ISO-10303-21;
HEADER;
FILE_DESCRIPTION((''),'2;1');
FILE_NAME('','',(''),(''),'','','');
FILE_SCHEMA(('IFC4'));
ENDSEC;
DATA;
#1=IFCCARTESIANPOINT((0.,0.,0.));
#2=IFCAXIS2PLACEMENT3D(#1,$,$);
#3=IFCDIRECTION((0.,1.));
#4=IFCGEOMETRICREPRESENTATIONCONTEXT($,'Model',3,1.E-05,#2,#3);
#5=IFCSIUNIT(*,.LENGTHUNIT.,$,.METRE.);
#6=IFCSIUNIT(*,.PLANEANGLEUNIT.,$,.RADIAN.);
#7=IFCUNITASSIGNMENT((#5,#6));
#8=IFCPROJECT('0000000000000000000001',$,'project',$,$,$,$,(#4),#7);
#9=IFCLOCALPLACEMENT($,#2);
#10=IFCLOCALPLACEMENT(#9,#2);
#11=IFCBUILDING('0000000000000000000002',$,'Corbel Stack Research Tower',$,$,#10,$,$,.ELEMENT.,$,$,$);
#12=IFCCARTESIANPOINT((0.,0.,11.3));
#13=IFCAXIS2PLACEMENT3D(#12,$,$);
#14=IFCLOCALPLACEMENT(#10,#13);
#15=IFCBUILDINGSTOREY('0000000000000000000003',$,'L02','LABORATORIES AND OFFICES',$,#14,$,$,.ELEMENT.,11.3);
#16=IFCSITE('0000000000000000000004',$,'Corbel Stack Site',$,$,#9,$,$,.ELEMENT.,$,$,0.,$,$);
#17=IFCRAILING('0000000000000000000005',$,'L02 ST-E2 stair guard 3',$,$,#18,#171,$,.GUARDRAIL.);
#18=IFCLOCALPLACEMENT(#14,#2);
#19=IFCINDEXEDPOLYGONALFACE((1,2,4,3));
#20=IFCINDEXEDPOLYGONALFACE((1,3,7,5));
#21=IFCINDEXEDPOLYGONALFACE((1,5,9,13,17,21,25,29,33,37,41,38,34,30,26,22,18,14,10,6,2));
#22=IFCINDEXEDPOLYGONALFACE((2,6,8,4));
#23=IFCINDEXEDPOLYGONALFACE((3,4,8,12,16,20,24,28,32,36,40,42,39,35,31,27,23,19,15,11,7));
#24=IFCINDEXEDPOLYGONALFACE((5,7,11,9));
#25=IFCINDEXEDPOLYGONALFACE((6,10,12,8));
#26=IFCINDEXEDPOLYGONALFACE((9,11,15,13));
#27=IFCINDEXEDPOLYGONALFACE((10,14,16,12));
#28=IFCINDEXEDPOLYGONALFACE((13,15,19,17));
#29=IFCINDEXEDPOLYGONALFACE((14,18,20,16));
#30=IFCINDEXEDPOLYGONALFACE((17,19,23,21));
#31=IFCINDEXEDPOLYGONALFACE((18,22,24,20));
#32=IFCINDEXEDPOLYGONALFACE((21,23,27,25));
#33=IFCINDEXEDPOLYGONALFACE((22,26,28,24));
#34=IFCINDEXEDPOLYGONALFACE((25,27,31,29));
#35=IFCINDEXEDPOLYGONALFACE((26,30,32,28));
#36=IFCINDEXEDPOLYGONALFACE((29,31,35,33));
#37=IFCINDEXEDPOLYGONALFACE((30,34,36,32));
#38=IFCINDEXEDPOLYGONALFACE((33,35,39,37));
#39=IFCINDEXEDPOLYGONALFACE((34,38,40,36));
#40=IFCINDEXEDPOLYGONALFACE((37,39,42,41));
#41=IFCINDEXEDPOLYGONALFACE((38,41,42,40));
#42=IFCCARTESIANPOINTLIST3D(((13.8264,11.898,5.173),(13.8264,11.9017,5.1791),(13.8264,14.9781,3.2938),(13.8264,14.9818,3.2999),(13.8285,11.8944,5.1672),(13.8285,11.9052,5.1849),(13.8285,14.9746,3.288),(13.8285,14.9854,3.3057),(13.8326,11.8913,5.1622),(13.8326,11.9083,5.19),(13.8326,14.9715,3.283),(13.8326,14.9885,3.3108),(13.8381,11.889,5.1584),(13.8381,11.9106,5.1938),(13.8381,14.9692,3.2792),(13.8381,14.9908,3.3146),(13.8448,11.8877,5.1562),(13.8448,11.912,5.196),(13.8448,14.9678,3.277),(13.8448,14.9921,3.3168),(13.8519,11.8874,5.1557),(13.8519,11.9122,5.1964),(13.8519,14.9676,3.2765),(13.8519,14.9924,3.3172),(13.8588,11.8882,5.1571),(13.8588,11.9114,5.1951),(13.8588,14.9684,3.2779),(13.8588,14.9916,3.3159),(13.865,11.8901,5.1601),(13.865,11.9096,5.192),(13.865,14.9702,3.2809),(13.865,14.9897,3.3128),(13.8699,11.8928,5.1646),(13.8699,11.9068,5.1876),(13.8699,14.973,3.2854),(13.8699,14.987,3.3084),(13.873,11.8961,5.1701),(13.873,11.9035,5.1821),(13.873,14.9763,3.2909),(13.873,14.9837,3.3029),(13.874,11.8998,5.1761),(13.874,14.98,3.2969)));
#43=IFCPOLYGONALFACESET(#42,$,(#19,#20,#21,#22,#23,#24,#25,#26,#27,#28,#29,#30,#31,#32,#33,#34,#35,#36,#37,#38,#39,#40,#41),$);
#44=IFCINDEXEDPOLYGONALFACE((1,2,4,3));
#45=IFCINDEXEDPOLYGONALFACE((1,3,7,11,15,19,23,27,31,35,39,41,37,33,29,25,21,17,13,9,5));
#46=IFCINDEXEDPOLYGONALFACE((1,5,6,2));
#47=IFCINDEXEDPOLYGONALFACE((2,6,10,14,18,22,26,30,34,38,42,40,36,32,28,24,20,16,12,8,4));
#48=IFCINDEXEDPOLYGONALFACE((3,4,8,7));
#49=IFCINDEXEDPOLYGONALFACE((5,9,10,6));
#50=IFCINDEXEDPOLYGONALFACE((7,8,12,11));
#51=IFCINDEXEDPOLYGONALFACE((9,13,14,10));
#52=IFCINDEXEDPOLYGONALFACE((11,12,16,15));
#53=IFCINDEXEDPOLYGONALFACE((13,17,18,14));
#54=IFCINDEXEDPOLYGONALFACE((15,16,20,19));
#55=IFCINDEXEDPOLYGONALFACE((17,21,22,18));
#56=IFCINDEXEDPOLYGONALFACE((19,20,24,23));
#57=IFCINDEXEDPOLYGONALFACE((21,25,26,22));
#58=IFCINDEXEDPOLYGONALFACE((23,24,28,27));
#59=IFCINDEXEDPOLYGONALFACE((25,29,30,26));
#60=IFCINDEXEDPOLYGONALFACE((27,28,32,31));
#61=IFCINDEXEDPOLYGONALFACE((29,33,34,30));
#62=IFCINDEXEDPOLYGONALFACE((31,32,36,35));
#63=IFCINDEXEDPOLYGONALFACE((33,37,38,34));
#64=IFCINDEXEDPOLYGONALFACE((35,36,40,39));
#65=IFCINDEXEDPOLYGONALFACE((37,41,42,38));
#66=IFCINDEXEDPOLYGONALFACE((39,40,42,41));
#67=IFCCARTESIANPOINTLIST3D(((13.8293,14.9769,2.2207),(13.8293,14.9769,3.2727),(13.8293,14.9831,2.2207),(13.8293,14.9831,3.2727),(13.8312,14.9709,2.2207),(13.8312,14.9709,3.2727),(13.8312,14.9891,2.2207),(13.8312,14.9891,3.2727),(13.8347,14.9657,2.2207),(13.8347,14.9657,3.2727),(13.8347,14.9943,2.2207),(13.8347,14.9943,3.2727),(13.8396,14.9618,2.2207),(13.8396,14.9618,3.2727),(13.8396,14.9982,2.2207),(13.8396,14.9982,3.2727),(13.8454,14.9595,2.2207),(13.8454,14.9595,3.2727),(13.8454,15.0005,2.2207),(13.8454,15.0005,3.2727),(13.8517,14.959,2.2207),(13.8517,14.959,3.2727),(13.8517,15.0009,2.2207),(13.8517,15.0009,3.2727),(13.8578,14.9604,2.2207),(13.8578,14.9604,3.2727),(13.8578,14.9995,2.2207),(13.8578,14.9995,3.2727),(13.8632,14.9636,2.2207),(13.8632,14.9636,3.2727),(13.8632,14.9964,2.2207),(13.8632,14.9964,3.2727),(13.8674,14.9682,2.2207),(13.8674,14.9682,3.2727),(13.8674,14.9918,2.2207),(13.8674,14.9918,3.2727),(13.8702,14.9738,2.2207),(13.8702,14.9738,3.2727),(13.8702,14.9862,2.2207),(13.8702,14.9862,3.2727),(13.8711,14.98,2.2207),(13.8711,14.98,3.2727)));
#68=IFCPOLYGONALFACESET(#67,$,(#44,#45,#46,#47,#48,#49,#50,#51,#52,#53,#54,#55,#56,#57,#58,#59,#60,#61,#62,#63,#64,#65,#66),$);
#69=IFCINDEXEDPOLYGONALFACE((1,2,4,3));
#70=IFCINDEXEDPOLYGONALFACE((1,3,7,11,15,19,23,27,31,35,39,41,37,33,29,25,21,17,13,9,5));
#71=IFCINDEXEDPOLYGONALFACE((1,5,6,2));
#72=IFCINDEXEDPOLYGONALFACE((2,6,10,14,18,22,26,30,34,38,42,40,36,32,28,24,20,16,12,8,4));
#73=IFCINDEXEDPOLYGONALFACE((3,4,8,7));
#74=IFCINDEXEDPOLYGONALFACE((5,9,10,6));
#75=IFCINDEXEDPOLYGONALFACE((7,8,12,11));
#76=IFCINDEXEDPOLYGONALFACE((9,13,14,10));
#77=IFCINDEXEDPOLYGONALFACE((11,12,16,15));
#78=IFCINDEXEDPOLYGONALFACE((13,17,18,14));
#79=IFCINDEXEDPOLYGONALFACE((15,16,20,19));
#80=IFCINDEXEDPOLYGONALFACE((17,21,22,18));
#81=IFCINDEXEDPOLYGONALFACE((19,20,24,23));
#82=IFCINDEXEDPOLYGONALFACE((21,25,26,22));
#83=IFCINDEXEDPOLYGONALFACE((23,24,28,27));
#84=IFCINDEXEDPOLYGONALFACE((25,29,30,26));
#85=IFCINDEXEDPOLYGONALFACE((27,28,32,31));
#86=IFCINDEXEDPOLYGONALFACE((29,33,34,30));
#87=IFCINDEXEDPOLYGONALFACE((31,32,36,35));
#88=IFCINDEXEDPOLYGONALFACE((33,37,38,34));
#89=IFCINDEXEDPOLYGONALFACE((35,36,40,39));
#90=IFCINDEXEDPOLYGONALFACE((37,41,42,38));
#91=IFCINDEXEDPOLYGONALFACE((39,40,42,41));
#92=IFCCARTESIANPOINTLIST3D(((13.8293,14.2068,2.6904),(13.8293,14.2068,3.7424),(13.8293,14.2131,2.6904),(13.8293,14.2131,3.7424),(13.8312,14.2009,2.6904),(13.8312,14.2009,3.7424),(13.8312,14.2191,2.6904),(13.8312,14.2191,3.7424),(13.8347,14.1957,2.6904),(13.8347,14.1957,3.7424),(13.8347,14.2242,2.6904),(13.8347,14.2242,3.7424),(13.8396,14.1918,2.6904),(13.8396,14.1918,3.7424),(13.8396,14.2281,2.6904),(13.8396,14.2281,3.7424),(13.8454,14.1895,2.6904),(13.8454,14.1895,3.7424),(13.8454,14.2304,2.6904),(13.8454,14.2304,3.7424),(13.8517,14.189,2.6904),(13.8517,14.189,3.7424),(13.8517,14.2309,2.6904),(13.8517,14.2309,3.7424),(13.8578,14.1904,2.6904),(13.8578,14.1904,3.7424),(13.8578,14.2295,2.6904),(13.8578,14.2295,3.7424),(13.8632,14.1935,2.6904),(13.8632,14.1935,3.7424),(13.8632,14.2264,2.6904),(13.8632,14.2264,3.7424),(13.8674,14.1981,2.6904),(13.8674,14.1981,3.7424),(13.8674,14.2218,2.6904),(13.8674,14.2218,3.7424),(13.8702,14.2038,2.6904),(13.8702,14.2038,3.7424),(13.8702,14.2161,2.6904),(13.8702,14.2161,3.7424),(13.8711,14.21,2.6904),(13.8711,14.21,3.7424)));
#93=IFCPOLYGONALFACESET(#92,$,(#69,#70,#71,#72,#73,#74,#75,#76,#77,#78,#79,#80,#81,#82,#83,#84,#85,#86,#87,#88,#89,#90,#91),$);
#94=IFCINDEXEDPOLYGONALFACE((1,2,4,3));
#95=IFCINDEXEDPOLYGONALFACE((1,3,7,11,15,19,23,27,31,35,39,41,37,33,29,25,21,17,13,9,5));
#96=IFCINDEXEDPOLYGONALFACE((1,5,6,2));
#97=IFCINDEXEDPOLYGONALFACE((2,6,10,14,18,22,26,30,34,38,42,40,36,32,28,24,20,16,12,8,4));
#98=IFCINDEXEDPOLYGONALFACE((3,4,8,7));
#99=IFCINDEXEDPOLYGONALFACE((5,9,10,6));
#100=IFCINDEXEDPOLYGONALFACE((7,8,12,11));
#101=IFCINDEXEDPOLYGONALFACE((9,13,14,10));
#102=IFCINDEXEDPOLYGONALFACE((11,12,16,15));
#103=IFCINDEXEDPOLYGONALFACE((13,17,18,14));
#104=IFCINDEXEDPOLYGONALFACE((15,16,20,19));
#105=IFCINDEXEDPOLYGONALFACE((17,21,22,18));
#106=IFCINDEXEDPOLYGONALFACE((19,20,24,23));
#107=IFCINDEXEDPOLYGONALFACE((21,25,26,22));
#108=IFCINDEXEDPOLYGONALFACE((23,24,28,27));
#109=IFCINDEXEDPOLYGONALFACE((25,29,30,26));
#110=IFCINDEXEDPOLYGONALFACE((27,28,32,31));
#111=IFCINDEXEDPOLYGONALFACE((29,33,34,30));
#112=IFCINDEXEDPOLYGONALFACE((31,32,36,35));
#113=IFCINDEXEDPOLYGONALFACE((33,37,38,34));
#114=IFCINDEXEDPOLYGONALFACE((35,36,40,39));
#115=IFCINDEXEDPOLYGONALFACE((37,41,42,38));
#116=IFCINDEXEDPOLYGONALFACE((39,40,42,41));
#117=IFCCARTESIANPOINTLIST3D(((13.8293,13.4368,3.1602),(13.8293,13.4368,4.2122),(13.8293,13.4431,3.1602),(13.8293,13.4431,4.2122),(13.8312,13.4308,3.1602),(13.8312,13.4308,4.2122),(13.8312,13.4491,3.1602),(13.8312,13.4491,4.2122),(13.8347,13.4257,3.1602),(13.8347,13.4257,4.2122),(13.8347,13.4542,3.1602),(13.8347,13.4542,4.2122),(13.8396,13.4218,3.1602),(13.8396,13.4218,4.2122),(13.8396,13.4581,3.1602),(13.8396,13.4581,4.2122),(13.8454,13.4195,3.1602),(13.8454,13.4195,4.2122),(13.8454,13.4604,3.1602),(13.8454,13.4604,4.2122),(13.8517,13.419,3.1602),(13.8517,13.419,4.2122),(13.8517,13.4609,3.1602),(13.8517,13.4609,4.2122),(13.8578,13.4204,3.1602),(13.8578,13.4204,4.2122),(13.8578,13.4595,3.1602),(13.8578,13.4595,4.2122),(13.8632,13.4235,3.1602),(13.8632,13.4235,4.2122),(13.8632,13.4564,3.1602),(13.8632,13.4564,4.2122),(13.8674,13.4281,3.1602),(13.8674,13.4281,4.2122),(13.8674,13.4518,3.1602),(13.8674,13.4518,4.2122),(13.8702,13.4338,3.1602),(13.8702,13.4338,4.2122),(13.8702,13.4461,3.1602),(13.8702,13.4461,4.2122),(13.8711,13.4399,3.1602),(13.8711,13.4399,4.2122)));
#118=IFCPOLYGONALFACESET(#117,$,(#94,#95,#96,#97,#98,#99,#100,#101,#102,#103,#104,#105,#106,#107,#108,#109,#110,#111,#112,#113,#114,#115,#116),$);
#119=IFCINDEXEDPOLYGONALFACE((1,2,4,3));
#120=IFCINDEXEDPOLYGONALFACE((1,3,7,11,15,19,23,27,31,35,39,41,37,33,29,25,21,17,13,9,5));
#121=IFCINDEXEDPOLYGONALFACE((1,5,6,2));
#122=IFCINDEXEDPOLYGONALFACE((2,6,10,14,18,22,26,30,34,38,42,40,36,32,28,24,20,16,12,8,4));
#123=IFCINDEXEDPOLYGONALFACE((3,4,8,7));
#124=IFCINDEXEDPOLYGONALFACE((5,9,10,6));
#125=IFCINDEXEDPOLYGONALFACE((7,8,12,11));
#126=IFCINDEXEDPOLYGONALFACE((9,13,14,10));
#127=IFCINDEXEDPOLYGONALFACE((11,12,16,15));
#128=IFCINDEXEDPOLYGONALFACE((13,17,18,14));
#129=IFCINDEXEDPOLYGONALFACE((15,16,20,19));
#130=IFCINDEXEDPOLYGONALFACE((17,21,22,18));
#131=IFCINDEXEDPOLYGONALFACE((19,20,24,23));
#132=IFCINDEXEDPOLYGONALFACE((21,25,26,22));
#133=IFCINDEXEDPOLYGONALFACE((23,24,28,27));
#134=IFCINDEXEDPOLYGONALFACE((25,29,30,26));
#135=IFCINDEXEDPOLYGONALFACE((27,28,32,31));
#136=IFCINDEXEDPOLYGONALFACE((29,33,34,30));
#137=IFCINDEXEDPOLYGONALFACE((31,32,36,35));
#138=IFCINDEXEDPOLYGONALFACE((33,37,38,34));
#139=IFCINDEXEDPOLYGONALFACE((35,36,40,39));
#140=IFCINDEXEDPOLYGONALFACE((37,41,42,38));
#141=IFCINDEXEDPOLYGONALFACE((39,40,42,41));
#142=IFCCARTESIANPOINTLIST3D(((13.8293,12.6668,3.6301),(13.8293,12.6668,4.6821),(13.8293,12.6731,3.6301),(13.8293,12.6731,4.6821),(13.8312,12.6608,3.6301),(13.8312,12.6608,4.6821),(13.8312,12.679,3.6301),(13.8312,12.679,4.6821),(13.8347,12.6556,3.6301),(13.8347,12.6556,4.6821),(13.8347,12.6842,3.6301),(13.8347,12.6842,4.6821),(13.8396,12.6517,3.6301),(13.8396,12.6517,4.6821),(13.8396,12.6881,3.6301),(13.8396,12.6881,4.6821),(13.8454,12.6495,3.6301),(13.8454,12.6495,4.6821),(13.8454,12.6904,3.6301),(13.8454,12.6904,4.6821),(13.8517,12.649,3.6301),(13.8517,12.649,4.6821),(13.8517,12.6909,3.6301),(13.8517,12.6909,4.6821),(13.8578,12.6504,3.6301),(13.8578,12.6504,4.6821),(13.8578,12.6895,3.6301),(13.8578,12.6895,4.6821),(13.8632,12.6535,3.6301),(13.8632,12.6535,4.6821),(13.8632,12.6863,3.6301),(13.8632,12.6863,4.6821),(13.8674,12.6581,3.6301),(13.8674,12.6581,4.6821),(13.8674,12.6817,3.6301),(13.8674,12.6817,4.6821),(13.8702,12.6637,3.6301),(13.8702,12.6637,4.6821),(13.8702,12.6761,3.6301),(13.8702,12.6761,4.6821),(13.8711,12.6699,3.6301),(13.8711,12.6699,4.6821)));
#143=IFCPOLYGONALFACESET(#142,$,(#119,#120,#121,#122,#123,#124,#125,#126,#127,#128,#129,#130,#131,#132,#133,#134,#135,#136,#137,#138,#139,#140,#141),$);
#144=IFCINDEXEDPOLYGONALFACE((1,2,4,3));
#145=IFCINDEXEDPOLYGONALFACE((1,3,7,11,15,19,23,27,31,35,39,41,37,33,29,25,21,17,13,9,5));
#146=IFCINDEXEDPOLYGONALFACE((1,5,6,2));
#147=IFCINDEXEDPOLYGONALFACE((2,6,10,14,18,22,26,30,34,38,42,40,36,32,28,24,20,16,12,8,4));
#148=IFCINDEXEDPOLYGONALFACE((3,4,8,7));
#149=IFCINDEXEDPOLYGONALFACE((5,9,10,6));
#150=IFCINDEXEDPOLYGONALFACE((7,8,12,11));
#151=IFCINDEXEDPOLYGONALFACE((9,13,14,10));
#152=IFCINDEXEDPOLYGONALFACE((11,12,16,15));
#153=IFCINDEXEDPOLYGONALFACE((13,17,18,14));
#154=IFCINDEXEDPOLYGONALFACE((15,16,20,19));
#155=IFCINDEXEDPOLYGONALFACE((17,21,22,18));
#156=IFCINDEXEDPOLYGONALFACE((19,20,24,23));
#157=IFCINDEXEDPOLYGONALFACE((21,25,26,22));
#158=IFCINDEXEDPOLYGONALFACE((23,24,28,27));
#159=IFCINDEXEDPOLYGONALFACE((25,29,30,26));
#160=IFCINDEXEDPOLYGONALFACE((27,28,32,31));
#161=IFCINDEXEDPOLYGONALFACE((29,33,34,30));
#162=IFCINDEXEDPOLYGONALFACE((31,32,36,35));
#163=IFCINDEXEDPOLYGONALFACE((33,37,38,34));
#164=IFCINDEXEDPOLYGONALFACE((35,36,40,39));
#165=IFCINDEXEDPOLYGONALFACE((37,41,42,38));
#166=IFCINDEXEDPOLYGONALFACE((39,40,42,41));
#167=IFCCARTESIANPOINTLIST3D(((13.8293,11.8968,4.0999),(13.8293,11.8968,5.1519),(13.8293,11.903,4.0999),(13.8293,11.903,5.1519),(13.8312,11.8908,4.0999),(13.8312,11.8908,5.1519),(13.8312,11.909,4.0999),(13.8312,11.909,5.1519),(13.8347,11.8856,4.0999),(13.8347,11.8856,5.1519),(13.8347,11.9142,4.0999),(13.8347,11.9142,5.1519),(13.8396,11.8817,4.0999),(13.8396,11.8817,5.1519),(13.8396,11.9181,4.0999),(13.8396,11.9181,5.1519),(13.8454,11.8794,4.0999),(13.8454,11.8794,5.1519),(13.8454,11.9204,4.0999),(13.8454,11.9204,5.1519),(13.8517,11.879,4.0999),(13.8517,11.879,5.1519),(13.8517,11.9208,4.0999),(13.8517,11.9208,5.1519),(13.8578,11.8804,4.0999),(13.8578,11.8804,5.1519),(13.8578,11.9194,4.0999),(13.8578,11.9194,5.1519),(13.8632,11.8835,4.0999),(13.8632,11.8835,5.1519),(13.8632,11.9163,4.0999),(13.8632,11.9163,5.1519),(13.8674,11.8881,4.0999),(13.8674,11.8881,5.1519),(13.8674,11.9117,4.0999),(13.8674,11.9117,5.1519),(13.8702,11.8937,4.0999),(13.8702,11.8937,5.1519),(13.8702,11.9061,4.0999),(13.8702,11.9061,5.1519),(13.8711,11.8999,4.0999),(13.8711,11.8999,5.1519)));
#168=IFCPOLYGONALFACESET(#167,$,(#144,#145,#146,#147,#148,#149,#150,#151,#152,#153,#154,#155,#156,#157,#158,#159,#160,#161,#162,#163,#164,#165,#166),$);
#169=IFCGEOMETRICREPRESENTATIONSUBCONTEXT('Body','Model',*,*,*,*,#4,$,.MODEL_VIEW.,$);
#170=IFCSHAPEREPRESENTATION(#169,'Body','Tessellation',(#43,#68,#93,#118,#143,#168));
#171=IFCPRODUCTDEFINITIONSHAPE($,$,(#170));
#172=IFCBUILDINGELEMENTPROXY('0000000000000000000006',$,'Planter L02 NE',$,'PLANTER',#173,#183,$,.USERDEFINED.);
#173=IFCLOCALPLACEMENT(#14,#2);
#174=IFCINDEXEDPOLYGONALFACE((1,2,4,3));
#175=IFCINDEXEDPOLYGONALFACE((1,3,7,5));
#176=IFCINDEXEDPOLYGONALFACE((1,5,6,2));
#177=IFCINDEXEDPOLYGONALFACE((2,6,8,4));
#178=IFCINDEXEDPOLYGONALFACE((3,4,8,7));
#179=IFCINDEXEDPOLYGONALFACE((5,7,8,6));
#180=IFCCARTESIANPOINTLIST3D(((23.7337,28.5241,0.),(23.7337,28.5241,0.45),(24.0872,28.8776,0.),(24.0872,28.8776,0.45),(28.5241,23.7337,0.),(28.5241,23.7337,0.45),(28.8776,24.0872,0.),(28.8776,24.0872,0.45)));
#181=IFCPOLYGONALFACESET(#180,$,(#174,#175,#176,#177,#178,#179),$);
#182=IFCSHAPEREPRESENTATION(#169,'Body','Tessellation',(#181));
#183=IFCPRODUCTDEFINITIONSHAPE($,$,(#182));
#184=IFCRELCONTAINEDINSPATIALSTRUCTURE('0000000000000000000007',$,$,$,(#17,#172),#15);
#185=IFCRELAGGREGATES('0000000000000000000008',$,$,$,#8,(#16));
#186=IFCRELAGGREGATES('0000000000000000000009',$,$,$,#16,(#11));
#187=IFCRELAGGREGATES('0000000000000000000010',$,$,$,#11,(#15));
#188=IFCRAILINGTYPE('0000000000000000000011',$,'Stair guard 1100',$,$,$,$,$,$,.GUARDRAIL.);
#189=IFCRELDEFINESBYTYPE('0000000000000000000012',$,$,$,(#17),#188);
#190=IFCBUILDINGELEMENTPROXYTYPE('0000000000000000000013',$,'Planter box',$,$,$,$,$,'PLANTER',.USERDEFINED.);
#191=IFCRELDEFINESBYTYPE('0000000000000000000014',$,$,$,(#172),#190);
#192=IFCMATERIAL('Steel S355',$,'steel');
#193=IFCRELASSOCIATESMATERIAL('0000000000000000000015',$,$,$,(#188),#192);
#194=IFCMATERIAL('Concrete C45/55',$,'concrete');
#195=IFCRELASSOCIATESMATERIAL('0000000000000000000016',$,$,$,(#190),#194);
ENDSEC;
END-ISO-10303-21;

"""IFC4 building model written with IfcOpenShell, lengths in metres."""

from ifc_helpers import new_model, si_unit, direction, frame, origin, origin_2d, place, context, subcontext, project, spatial, rectangle, circle, extrude, material, type_object, element, save


model = new_model("IFC4")

# Units and contexts
model_context = context("Model", 3, precision=1e-05, world=origin(), true_north=direction((0.0, 1.0)))
body_context = subcontext(model_context, "Body", "Model", "MODEL_VIEW")
ifc_project = project(units=[si_unit("LENGTHUNIT", "METRE"), si_unit("PLANEANGLEUNIT", "RADIAN")], contexts=[model_context])

# Site, building, storey
site_placement = place(None, origin())
site = spatial("IfcSite", under=ifc_project, at=site_placement, Name="Corbel Stack Site", CompositionType="ELEMENT", RefElevation=0.0)
building_placement = place(site_placement, origin())
building = spatial("IfcBuilding", under=site, at=building_placement, Name="Corbel Stack Research Tower", CompositionType="ELEMENT")
storey_placement = place(building_placement, frame((0.0, 0.0, 11.3)))
storey = spatial("IfcBuildingStorey", under=building, at=storey_placement, Name="L02", Description="LABORATORIES AND OFFICES", CompositionType="ELEMENT", Elevation=11.3)

# Railing
ifc_material_1 = material(Name="Steel S355", Category="steel")
railing_type_1 = type_object("IfcRailingType", Name="Stair guard 1100", PredefinedType="GUARDRAIL", material=ifc_material_1)
railing_1_placement = place(storey_placement, frame((13.8501, 14.98, 2.2207)))
element("IfcRailing", 1, at=railing_1_placement, inside=storey, type_object=railing_type_1, Name="L02 ST-E2 stair guard 3", PredefinedType="GUARDRAIL", context=body_context, shape_type="SweptSolid", body=[
    extrude(circle(Radius=0.0239, at=origin_2d()), frame((0.0, 0.0, 1.0762), z_axis=(0.0, -0.853666, 0.52082), x_axis=(1.0, 0.0, 0.0)), (0.0, 0.0, 1.0), 3.6082),
    extrude(circle(Radius=0.021, at=origin_2d()), origin(), (0.0, 0.0, 1.0), 1.052),
    extrude(circle(Radius=0.021, at=origin_2d()), frame((0.0, -0.77, 0.4697)), (0.0, 0.0, 1.0), 1.052),
    extrude(circle(Radius=0.021, at=origin_2d()), frame((0.0, -1.54, 0.9395)), (0.0, 0.0, 1.0), 1.052),
    extrude(circle(Radius=0.021, at=origin_2d()), frame((0.0, -2.3101, 1.4094)), (0.0, 0.0, 1.0), 1.052),
    extrude(circle(Radius=0.021, at=origin_2d()), frame((0.0, -3.0801, 1.8792)), (0.0, 0.0, 1.0), 1.052),
])

# Building element proxy
ifc_material_2 = material(Name="Concrete C45/55", Category="concrete")
building_element_proxy_type = type_object("IfcBuildingElementProxyType", Name="Planter box", ElementType="PLANTER", PredefinedType="USERDEFINED", material=ifc_material_2)
proxy_placement = place(storey_placement, frame((26.3057, 26.3057, 0.0), z_axis=(0.0, 0.0, 1.0), x_axis=(-0.707107, 0.707107, 0.0)))
element("IfcBuildingElementProxy", 2, at=proxy_placement, inside=storey, type_object=building_element_proxy_type, Name="Planter L02 NE", ObjectType="PLANTER", PredefinedType="USERDEFINED", context=body_context, shape_type="SweptSolid", body=[
    extrude(rectangle(XDim=6.7747, YDim=0.5, at=origin_2d()), origin(), (0.0, 0.0, 1.0), 0.45),
])

save(model, "model.ifc")
